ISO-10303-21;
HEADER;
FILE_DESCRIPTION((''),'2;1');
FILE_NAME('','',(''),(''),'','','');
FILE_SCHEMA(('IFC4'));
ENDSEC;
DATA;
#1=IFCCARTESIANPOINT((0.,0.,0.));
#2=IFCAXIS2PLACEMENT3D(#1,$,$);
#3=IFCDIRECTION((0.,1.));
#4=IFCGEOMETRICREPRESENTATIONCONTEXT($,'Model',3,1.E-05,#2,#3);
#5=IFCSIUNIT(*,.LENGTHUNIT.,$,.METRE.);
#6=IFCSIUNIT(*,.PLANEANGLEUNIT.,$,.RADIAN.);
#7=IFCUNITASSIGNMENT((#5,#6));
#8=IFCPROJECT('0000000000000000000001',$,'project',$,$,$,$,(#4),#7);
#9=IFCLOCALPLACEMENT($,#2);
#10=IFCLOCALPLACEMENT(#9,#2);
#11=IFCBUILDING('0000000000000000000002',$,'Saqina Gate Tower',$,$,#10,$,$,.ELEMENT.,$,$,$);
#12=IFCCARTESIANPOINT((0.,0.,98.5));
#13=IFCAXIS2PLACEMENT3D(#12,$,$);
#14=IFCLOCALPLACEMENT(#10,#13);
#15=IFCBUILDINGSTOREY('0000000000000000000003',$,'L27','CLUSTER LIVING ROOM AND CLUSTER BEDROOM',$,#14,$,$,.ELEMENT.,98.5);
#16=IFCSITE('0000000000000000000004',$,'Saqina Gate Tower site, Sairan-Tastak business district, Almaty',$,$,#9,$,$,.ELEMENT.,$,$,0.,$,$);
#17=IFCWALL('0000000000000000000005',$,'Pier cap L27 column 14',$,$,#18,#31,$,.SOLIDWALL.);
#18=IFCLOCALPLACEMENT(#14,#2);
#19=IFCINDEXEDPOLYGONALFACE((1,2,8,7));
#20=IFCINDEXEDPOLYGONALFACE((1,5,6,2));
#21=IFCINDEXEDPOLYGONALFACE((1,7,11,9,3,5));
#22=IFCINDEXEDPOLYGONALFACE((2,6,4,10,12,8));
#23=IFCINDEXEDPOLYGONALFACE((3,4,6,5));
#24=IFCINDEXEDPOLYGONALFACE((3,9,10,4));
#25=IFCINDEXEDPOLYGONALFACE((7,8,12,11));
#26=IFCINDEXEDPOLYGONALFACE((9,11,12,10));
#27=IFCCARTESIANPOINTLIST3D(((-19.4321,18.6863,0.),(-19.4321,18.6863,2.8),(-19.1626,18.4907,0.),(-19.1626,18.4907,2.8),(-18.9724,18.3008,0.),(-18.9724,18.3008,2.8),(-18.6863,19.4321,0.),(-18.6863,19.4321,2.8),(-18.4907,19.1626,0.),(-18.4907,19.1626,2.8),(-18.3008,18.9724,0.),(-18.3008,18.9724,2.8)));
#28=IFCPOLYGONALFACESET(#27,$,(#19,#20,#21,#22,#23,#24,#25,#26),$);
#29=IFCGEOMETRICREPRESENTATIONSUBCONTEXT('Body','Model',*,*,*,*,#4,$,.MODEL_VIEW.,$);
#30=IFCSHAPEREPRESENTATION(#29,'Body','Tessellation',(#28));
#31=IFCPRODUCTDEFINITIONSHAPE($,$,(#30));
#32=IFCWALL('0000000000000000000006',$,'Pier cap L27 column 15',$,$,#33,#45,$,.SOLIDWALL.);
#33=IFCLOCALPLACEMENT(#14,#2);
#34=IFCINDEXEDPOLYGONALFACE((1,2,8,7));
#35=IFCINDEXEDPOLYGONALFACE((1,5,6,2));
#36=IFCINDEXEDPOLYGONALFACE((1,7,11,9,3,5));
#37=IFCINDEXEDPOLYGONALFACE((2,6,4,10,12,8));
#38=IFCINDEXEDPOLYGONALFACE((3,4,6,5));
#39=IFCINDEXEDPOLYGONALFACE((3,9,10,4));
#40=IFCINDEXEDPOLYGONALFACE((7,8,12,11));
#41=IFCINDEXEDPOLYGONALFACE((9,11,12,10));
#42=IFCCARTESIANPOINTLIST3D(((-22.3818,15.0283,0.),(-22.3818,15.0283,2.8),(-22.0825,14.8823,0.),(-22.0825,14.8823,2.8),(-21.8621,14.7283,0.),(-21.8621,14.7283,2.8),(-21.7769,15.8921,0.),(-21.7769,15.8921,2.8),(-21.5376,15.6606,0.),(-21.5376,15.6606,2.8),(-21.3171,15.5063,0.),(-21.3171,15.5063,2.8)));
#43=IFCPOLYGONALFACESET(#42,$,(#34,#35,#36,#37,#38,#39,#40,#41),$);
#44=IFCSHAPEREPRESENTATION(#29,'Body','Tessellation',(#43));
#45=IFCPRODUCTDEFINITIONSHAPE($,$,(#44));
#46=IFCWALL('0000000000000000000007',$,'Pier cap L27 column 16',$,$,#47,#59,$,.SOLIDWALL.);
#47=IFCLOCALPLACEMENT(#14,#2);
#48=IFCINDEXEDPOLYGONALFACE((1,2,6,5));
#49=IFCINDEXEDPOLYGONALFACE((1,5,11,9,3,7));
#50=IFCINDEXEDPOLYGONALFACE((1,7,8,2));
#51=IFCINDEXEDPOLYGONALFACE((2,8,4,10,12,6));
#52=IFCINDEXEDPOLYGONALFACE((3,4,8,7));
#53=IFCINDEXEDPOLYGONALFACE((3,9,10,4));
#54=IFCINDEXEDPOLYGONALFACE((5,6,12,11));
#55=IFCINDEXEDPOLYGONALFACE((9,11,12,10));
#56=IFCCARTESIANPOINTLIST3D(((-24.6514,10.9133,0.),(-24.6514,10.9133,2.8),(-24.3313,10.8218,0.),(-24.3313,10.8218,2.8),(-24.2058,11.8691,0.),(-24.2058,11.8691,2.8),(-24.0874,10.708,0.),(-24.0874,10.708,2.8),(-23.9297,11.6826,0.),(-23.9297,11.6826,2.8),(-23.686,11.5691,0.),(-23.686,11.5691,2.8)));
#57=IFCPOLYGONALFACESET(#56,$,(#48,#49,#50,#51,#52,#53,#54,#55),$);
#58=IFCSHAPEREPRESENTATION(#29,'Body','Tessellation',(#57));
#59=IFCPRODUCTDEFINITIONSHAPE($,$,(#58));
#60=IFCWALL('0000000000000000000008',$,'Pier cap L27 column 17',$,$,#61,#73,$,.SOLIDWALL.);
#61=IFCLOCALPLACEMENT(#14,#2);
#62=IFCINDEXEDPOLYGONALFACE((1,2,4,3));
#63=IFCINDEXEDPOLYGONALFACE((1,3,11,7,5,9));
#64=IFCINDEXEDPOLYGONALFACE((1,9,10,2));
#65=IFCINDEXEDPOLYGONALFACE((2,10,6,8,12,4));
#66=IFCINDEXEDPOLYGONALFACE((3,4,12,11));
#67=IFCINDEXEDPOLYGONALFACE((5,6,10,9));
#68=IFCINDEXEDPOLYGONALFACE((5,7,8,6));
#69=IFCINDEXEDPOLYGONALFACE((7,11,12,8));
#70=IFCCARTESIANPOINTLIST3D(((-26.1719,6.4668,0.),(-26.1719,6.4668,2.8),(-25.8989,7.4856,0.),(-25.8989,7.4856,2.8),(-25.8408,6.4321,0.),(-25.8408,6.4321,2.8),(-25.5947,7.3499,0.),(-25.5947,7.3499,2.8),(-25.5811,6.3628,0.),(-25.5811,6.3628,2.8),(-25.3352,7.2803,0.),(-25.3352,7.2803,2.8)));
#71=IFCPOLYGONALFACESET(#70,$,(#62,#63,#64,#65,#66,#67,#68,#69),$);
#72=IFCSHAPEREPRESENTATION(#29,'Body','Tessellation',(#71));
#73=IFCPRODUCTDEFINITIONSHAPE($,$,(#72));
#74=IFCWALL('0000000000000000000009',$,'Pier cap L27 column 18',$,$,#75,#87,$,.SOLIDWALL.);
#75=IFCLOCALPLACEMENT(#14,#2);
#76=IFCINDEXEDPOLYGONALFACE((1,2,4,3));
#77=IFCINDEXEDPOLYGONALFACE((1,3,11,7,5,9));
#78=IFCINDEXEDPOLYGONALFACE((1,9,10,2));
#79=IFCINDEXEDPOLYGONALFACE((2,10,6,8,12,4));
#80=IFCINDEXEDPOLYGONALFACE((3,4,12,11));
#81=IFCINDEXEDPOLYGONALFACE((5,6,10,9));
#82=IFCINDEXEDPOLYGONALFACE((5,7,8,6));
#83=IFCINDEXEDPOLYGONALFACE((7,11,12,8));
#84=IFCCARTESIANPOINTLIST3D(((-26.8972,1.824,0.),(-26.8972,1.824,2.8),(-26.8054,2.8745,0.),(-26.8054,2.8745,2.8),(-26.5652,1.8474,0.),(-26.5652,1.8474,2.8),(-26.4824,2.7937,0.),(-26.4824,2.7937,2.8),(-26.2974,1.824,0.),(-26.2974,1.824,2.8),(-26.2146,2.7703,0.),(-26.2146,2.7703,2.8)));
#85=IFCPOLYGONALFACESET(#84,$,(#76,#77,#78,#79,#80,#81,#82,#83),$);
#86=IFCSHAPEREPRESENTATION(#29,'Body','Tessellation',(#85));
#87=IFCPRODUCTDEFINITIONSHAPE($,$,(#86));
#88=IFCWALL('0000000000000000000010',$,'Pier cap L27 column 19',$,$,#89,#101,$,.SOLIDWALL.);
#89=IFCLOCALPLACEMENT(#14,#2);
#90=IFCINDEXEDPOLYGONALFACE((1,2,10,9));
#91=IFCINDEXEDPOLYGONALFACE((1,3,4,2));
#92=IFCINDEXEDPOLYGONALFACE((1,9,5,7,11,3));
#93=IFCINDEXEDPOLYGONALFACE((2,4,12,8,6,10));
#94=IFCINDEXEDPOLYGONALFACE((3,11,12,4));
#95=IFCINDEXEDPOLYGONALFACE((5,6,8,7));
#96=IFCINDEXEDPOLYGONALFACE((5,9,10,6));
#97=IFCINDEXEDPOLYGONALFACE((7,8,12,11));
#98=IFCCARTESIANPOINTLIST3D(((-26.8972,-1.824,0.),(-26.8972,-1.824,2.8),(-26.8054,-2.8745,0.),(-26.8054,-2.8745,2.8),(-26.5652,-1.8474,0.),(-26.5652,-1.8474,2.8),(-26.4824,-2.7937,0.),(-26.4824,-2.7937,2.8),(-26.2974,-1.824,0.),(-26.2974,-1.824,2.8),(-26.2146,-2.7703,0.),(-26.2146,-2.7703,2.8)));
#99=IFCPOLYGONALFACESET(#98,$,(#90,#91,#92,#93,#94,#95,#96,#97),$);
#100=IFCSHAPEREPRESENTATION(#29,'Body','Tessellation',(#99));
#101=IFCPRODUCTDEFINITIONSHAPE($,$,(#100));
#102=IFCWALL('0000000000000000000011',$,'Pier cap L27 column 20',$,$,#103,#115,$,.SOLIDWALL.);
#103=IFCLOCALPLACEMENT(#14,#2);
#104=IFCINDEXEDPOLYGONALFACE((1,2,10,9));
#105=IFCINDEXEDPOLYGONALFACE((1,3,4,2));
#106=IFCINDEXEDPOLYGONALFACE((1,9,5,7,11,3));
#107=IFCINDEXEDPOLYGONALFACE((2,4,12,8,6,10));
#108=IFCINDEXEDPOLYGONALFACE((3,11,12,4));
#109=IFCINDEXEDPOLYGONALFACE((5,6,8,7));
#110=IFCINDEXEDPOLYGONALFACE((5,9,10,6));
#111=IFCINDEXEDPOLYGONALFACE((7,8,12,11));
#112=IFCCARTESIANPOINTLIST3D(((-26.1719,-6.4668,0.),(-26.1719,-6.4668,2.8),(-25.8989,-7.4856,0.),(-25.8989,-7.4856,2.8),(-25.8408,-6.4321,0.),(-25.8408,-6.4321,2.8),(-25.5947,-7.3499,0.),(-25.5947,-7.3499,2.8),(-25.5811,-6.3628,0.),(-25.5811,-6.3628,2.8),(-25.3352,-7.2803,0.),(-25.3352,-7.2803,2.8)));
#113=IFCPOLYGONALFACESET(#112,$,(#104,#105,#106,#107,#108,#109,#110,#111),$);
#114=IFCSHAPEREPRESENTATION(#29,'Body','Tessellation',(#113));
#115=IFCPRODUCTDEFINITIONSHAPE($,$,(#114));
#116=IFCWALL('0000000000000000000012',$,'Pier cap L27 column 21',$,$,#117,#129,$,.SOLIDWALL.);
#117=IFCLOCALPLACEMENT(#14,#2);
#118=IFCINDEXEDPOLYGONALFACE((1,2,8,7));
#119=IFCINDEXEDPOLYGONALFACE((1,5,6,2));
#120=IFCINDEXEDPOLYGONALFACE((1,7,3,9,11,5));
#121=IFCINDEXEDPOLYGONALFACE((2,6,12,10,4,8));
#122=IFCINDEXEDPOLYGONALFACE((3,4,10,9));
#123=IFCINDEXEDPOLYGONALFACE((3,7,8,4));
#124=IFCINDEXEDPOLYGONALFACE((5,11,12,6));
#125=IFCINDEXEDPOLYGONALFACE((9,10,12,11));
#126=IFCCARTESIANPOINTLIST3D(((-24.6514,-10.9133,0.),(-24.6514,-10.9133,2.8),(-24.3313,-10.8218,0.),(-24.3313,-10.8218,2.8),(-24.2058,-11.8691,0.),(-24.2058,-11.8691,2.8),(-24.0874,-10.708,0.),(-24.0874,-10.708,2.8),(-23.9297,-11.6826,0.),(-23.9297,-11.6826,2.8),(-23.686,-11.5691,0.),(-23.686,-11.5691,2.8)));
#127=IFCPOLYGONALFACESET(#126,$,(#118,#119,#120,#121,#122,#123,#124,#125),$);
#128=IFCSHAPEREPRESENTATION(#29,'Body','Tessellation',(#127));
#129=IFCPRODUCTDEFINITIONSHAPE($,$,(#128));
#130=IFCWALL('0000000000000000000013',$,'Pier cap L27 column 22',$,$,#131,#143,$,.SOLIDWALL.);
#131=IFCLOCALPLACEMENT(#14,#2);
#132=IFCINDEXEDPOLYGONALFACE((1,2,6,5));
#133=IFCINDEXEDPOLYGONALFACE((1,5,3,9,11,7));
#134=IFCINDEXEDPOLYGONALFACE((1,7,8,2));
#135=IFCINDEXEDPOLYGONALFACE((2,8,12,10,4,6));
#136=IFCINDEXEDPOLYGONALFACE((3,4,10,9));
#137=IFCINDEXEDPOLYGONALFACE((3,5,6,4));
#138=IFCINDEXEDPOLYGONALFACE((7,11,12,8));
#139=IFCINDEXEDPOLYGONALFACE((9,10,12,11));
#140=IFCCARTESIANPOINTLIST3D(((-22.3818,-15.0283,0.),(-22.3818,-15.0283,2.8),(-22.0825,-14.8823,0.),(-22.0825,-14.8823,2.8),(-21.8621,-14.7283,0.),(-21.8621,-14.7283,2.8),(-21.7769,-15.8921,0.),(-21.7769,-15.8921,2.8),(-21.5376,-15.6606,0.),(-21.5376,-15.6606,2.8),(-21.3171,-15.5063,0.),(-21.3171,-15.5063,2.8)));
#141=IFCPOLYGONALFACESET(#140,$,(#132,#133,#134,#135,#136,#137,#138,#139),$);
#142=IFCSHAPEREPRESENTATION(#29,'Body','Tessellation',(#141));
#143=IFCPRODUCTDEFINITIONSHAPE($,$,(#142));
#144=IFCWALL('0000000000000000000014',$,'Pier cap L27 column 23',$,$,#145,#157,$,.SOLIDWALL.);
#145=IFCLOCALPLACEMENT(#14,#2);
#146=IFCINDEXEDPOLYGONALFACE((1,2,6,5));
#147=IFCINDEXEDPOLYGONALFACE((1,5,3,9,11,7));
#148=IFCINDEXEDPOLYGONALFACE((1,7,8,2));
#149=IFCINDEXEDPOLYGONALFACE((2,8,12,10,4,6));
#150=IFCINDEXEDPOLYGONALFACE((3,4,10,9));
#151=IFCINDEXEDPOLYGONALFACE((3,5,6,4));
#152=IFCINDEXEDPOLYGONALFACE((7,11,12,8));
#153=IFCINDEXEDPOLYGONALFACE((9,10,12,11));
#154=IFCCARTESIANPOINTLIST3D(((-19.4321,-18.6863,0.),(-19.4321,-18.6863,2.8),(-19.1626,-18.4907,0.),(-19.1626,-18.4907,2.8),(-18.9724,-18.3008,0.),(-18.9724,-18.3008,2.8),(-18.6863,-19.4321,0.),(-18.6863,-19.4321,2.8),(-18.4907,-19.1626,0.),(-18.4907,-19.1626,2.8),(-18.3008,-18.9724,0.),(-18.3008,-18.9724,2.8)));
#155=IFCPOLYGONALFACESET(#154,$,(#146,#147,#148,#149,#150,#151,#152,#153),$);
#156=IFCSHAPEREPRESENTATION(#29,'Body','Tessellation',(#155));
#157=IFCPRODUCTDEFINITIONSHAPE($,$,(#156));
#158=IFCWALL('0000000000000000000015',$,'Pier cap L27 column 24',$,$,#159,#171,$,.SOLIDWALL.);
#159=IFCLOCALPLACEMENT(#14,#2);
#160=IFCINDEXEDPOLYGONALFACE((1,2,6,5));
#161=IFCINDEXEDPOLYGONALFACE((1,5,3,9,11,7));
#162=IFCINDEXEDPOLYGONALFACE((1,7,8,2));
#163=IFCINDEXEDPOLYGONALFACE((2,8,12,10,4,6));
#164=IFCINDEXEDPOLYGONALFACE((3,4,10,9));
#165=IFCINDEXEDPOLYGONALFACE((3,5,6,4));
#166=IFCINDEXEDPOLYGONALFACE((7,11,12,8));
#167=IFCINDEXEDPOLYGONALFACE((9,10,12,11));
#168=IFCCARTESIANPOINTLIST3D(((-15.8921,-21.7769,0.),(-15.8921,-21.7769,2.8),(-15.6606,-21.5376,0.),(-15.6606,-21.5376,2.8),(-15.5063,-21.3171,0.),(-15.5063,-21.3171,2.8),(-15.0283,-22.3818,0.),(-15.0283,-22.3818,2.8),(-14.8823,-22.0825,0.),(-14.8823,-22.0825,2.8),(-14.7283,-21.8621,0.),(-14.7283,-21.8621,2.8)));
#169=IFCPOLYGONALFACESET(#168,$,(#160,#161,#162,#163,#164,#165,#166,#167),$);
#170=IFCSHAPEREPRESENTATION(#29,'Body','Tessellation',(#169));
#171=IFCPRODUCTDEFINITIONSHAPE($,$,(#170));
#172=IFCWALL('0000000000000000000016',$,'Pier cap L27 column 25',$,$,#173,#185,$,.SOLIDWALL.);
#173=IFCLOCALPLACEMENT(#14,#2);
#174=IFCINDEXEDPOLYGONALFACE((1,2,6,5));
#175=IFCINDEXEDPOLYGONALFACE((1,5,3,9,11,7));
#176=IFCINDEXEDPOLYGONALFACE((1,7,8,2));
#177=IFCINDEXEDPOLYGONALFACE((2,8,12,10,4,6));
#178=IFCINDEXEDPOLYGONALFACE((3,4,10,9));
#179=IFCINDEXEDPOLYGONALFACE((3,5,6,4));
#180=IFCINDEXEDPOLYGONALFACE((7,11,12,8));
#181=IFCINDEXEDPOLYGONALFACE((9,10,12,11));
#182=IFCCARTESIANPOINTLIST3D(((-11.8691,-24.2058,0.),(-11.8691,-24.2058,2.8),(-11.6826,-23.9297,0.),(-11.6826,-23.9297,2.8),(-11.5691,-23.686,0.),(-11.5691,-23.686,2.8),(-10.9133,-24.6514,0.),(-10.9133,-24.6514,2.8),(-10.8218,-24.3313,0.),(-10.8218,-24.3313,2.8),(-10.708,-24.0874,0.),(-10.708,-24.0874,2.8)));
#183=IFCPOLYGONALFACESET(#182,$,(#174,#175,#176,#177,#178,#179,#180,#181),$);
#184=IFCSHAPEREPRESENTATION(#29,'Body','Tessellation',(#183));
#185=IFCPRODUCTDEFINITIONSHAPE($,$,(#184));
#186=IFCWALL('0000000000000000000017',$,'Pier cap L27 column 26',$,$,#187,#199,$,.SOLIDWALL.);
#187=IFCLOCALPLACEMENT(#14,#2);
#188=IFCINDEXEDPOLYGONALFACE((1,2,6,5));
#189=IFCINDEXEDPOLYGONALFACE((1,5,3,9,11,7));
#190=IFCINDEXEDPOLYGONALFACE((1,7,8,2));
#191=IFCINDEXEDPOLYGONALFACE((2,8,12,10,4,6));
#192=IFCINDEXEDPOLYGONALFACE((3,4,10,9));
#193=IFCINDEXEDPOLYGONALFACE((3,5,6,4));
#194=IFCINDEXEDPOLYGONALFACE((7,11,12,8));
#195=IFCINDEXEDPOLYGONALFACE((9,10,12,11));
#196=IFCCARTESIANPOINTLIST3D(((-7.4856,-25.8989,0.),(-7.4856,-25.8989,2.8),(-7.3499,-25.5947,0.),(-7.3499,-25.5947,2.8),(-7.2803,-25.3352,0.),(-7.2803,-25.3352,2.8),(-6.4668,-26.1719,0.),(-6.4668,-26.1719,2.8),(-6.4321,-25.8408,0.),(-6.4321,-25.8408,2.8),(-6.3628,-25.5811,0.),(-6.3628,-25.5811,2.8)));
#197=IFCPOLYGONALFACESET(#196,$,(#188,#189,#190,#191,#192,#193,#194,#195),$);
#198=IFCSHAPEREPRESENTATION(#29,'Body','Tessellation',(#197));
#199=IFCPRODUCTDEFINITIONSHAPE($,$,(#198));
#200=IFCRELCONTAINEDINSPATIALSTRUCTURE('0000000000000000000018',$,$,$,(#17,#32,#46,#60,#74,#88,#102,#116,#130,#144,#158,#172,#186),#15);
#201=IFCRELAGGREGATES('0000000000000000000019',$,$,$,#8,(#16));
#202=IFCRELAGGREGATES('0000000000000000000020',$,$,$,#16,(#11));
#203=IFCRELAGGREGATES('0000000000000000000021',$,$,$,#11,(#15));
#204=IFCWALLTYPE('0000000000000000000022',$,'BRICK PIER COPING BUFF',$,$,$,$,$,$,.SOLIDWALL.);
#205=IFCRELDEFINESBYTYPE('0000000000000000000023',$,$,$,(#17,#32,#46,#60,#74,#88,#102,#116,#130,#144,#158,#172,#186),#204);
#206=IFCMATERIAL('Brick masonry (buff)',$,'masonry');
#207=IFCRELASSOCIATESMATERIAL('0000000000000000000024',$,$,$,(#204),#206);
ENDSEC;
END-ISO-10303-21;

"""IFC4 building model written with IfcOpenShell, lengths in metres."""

from ifc_helpers import new_model, si_unit, direction, frame, origin, place, context, subcontext, project, spatial, polyline, outline, extrude, material, type_object, element, save


model = new_model("IFC4")

# Units and contexts
model_context = context("Model", 3, precision=1e-05, world=origin(), true_north=direction((0.0, 1.0)))
body_context = subcontext(model_context, "Body", "Model", "MODEL_VIEW")
ifc_project = project(units=[si_unit("LENGTHUNIT", "METRE"), si_unit("PLANEANGLEUNIT", "RADIAN")], contexts=[model_context])

# Site, building, storey
site_placement = place(None, origin())
site = spatial("IfcSite", under=ifc_project, at=site_placement, Name="Saqina Gate Tower site, Sairan-Tastak business district, Almaty", CompositionType="ELEMENT", RefElevation=0.0)
building_placement = place(site_placement, origin())
building = spatial("IfcBuilding", under=site, at=building_placement, Name="Saqina Gate Tower", CompositionType="ELEMENT")
storey_placement = place(building_placement, frame((0.0, 0.0, 98.5)))
storey = spatial("IfcBuildingStorey", under=building, at=storey_placement, Name="L27", Description="CLUSTER LIVING ROOM AND CLUSTER BEDROOM", CompositionType="ELEMENT", Elevation=98.5)

# Walls
ifc_material_1 = material(Name="Brick masonry (buff)", Category="masonry")
wall_type_1 = type_object("IfcWallType", Name="BRICK PIER COPING BUFF", PredefinedType="SOLIDWALL", material=ifc_material_1)
wall_1_placement = place(storey_placement, origin())
element("IfcWall", 1, at=wall_1_placement, inside=storey, type_object=wall_type_1, Name="Pier cap L27 column 14", PredefinedType="SOLIDWALL", context=body_context, shape_type="SweptSolid", body=[
    extrude(outline(polyline([(-18.6863, 19.4321), (-19.4321, 18.6863), (-18.9724, 18.3008), (-19.1626, 18.4907), (-18.4907, 19.1626), (-18.3008, 18.9724), (-18.6863, 19.4321)])), origin(), (0.0, 0.0, 1.0), 2.8),
])
wall_2_placement = place(storey_placement, origin())
element("IfcWall", 2, at=wall_2_placement, inside=storey, type_object=wall_type_1, Name="Pier cap L27 column 15", PredefinedType="SOLIDWALL", context=body_context, shape_type="SweptSolid", body=[
    extrude(outline(polyline([(-22.3818, 15.0283), (-21.8621, 14.7283), (-22.0825, 14.8823), (-21.5376, 15.6606), (-21.3171, 15.5063), (-21.7769, 15.8921), (-22.3818, 15.0283)])), origin(), (0.0, 0.0, 1.0), 2.8),
])
wall_3_placement = place(storey_placement, origin())
element("IfcWall", 3, at=wall_3_placement, inside=storey, type_object=wall_type_1, Name="Pier cap L27 column 16", PredefinedType="SOLIDWALL", context=body_context, shape_type="SweptSolid", body=[
    extrude(outline(polyline([(-24.6514, 10.9133), (-24.0874, 10.708), (-24.3313, 10.8218), (-23.9297, 11.6826), (-23.686, 11.5691), (-24.2058, 11.8691), (-24.6514, 10.9133)])), origin(), (0.0, 0.0, 1.0), 2.8),
])
wall_4_placement = place(storey_placement, origin())
element("IfcWall", 4, at=wall_4_placement, inside=storey, type_object=wall_type_1, Name="Pier cap L27 column 17", PredefinedType="SOLIDWALL", context=body_context, shape_type="SweptSolid", body=[
    extrude(outline(polyline([(-25.8989, 7.4856), (-26.1719, 6.4668), (-25.5811, 6.3628), (-25.8408, 6.4321), (-25.5947, 7.3499), (-25.3352, 7.2803), (-25.8989, 7.4856)])), origin(), (0.0, 0.0, 1.0), 2.8),
])
wall_5_placement = place(storey_placement, origin())
element("IfcWall", 5, at=wall_5_placement, inside=storey, type_object=wall_type_1, Name="Pier cap L27 column 18", PredefinedType="SOLIDWALL", context=body_context, shape_type="SweptSolid", body=[
    extrude(outline(polyline([(-26.8054, 2.8745), (-26.8972, 1.824), (-26.2974, 1.824), (-26.5652, 1.8474), (-26.4824, 2.7937), (-26.2146, 2.7703), (-26.8054, 2.8745)])), origin(), (0.0, 0.0, 1.0), 2.8),
])
wall_6_placement = place(storey_placement, origin())
element("IfcWall", 6, at=wall_6_placement, inside=storey, type_object=wall_type_1, Name="Pier cap L27 column 19", PredefinedType="SOLIDWALL", context=body_context, shape_type="SweptSolid", body=[
    extrude(outline(polyline([(-26.8054, -2.8745), (-26.2146, -2.7703), (-26.4824, -2.7937), (-26.5652, -1.8474), (-26.2974, -1.824), (-26.8972, -1.824), (-26.8054, -2.8745)])), origin(), (0.0, 0.0, 1.0), 2.8),
])
wall_7_placement = place(storey_placement, origin())
element("IfcWall", 7, at=wall_7_placement, inside=storey, type_object=wall_type_1, Name="Pier cap L27 column 20", PredefinedType="SOLIDWALL", context=body_context, shape_type="SweptSolid", body=[
    extrude(outline(polyline([(-26.1719, -6.4668), (-25.8989, -7.4856), (-25.3352, -7.2803), (-25.5947, -7.3499), (-25.8408, -6.4321), (-25.5811, -6.3628), (-26.1719, -6.4668)])), origin(), (0.0, 0.0, 1.0), 2.8),
])
wall_8_placement = place(storey_placement, origin())
element("IfcWall", 8, at=wall_8_placement, inside=storey, type_object=wall_type_1, Name="Pier cap L27 column 21", PredefinedType="SOLIDWALL", context=body_context, shape_type="SweptSolid", body=[
    extrude(outline(polyline([(-24.6514, -10.9133), (-24.2058, -11.8691), (-23.686, -11.5691), (-23.9297, -11.6826), (-24.3313, -10.8218), (-24.0874, -10.708), (-24.6514, -10.9133)])), origin(), (0.0, 0.0, 1.0), 2.8),
])
wall_9_placement = place(storey_placement, origin())
element("IfcWall", 9, at=wall_9_placement, inside=storey, type_object=wall_type_1, Name="Pier cap L27 column 22", PredefinedType="SOLIDWALL", context=body_context, shape_type="SweptSolid", body=[
    extrude(outline(polyline([(-21.7769, -15.8921), (-21.3171, -15.5063), (-21.5376, -15.6606), (-22.0825, -14.8823), (-21.8621, -14.7283), (-22.3818, -15.0283), (-21.7769, -15.8921)])), origin(), (0.0, 0.0, 1.0), 2.8),
])
wall_10_placement = place(storey_placement, origin())
element("IfcWall", 10, at=wall_10_placement, inside=storey, type_object=wall_type_1, Name="Pier cap L27 column 23", PredefinedType="SOLIDWALL", context=body_context, shape_type="SweptSolid", body=[
    extrude(outline(polyline([(-19.4321, -18.6863), (-18.6863, -19.4321), (-18.3008, -18.9724), (-18.4907, -19.1626), (-19.1626, -18.4907), (-18.9724, -18.3008), (-19.4321, -18.6863)])), origin(), (0.0, 0.0, 1.0), 2.8),
])
wall_11_placement = place(storey_placement, origin())
element("IfcWall", 11, at=wall_11_placement, inside=storey, type_object=wall_type_1, Name="Pier cap L27 column 24", PredefinedType="SOLIDWALL", context=body_context, shape_type="SweptSolid", body=[
    extrude(outline(polyline([(-15.0283, -22.3818), (-14.7283, -21.8621), (-14.8823, -22.0825), (-15.6606, -21.5376), (-15.5063, -21.3171), (-15.8921, -21.7769), (-15.0283, -22.3818)])), origin(), (0.0, 0.0, 1.0), 2.8),
])
wall_12_placement = place(storey_placement, origin())
element("IfcWall", 12, at=wall_12_placement, inside=storey, type_object=wall_type_1, Name="Pier cap L27 column 25", PredefinedType="SOLIDWALL", context=body_context, shape_type="SweptSolid", body=[
    extrude(outline(polyline([(-10.9133, -24.6514), (-10.708, -24.0874), (-10.8218, -24.3313), (-11.6826, -23.9297), (-11.5691, -23.686), (-11.8691, -24.2058), (-10.9133, -24.6514)])), origin(), (0.0, 0.0, 1.0), 2.8),
])
wall_13_placement = place(storey_placement, origin())
element("IfcWall", 13, at=wall_13_placement, inside=storey, type_object=wall_type_1, Name="Pier cap L27 column 26", PredefinedType="SOLIDWALL", context=body_context, shape_type="SweptSolid", body=[
    extrude(outline(polyline([(-7.4856, -25.8989), (-6.4668, -26.1719), (-6.3628, -25.5811), (-6.4321, -25.8408), (-7.3499, -25.5947), (-7.2803, -25.3352), (-7.4856, -25.8989)])), origin(), (0.0, 0.0, 1.0), 2.8),
])

save(model, "model.ifc")
